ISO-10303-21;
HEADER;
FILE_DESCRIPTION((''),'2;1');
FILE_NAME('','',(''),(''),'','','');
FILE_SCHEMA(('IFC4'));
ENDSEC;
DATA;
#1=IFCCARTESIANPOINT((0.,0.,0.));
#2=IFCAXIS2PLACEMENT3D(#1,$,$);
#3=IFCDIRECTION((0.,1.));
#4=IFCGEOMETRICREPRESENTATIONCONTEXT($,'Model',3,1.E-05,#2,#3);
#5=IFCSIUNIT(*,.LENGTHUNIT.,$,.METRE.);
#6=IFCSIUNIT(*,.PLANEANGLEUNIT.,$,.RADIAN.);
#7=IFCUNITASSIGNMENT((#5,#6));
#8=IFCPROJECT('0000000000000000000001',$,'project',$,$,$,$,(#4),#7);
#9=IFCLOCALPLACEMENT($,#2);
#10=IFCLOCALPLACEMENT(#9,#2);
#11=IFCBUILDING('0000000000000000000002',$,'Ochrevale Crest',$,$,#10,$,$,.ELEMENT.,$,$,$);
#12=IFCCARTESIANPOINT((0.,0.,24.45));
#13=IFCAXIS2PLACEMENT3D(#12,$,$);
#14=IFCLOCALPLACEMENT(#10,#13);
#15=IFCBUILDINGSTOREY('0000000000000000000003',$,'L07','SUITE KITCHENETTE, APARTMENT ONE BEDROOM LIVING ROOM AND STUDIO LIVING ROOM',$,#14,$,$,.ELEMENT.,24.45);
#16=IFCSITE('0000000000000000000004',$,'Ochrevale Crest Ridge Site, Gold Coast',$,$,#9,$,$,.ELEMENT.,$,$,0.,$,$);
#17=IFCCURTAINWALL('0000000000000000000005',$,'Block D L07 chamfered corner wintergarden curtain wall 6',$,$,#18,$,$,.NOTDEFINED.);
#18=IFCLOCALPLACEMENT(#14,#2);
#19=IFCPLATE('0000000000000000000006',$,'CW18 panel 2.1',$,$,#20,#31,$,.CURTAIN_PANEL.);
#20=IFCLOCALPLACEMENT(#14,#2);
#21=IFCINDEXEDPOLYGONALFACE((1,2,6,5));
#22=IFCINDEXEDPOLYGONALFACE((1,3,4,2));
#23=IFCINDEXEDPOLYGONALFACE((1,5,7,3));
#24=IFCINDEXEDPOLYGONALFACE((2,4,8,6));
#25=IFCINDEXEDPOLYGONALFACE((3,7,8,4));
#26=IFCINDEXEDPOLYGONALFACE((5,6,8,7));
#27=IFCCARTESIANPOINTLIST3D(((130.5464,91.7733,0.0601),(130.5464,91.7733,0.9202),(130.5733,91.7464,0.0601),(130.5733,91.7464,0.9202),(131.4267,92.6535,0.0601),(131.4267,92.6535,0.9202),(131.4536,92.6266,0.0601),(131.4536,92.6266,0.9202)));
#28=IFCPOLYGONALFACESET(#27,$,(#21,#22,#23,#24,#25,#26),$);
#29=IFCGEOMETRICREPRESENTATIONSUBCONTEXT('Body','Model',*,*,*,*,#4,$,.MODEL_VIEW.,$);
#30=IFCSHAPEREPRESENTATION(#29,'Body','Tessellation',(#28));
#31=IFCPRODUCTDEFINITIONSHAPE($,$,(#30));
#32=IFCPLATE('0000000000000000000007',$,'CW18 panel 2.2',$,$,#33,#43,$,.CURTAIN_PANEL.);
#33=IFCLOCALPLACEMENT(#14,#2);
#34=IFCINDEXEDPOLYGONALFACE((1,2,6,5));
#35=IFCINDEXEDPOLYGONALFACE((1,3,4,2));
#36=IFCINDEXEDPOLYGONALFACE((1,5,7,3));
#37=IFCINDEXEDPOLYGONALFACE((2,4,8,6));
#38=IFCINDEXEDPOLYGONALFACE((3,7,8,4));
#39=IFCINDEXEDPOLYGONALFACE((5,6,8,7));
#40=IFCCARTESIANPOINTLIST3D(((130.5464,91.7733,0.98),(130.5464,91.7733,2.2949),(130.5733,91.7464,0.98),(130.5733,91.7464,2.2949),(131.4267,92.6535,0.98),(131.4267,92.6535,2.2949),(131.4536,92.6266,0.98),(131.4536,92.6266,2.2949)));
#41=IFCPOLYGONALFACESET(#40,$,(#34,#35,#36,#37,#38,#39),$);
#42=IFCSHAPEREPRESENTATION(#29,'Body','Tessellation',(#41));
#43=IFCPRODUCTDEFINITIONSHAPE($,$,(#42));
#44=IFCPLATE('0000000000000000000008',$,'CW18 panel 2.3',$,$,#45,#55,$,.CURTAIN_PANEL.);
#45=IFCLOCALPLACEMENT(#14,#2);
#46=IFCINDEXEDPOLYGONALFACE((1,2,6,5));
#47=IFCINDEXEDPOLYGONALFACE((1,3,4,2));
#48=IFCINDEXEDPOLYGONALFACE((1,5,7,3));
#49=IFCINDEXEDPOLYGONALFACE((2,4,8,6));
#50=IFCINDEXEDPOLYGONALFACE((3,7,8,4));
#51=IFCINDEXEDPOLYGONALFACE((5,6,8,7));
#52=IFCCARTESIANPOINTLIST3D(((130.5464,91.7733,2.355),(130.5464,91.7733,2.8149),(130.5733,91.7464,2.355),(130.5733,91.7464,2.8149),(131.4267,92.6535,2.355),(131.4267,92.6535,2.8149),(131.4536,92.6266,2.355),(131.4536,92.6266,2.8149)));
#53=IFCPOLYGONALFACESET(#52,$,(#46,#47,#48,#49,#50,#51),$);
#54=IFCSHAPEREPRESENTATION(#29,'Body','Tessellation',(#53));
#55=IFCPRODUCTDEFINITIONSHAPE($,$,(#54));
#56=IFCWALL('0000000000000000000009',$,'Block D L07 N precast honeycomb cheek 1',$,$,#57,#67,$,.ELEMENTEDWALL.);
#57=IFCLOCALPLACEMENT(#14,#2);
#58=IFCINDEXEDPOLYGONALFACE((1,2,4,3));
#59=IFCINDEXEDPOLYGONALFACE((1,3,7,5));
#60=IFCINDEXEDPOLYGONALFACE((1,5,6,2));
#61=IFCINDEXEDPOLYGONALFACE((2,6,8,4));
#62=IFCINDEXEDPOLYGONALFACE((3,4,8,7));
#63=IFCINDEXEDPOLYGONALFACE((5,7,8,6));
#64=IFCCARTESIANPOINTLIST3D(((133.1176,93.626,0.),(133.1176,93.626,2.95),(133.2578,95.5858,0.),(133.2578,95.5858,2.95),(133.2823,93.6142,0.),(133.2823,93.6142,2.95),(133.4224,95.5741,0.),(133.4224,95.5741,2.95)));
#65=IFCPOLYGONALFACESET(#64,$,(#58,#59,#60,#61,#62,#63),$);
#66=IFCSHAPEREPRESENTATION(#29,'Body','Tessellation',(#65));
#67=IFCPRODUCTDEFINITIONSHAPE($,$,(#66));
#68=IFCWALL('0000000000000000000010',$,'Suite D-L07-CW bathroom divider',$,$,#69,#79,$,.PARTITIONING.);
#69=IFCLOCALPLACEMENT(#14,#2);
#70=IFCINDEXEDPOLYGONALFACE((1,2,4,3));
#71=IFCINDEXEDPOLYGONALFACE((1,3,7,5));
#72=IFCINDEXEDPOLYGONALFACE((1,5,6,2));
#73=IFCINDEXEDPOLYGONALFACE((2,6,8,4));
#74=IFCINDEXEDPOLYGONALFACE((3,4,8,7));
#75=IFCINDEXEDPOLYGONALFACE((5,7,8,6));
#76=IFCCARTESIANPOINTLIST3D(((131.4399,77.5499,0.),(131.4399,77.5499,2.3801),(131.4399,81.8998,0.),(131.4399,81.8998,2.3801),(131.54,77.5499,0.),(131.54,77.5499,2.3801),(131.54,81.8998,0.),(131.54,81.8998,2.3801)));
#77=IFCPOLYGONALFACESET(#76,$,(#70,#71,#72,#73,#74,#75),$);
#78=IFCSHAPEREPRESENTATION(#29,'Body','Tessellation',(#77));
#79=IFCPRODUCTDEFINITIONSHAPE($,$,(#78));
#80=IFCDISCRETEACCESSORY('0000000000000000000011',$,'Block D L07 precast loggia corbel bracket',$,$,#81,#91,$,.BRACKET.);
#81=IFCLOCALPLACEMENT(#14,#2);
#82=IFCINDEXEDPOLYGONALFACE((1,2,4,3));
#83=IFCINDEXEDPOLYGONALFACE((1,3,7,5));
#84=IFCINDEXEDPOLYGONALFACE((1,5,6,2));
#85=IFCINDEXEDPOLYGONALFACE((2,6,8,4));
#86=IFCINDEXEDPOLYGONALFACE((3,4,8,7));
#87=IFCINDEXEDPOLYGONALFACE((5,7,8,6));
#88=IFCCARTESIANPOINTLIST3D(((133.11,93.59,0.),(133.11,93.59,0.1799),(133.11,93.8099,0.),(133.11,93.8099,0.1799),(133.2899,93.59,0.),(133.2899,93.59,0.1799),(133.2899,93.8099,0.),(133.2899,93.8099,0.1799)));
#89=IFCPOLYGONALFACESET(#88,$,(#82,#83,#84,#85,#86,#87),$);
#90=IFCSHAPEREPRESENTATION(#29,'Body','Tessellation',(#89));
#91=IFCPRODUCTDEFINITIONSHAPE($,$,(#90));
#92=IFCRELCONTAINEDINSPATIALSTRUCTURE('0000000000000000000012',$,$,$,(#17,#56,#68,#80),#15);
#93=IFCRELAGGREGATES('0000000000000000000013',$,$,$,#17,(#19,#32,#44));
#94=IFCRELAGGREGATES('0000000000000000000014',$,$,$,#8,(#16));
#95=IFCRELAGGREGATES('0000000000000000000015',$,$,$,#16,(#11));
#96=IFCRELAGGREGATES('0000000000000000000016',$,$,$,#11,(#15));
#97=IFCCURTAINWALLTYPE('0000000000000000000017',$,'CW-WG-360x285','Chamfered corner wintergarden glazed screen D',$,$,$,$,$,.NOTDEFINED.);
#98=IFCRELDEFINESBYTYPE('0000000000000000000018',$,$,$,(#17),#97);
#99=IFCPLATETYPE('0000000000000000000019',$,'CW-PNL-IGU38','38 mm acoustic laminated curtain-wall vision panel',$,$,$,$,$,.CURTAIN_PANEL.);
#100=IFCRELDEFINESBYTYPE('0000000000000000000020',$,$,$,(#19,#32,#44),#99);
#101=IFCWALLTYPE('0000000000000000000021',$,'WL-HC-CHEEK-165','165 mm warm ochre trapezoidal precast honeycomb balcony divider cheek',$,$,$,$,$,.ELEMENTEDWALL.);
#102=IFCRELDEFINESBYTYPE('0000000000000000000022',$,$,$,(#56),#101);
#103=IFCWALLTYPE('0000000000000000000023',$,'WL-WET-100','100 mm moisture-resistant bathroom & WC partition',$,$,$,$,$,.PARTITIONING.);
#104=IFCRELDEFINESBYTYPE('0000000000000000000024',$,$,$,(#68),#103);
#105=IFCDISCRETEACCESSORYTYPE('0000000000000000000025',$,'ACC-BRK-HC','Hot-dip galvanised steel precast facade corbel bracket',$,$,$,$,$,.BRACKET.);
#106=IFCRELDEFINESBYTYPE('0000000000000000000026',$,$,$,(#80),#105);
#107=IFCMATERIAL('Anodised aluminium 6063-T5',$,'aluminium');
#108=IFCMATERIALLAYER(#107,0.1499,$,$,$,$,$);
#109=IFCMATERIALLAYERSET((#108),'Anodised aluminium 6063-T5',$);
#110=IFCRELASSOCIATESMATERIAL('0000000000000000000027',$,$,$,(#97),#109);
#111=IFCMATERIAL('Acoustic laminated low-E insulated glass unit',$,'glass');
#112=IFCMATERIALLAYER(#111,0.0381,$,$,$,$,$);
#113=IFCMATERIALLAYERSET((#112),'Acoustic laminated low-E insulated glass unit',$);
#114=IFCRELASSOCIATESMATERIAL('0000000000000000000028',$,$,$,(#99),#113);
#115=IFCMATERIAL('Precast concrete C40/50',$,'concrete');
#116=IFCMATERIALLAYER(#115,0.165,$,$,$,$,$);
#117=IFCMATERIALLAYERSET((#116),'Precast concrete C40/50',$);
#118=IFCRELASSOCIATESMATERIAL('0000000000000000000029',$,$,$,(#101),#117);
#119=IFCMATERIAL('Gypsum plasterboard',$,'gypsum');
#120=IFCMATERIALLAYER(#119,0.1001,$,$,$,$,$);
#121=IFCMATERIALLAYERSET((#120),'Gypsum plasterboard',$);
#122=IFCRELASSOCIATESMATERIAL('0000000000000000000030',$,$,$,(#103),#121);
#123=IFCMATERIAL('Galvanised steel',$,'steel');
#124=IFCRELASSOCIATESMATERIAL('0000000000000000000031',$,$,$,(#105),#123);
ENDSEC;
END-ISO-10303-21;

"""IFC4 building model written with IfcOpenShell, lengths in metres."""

from ifc_helpers import new_model, si_unit, direction, frame, frame_2d, origin, origin_2d, place, context, subcontext, project, spatial, rectangle, extrude, material, layer, layer_set, type_object, element, aggregate, save


model = new_model("IFC4")

# Units and contexts
model_context = context("Model", 3, precision=1e-05, world=origin(), true_north=direction((0.0, 1.0)))
body_context = subcontext(model_context, "Body", "Model", "MODEL_VIEW")
ifc_project = project(units=[si_unit("LENGTHUNIT", "METRE"), si_unit("PLANEANGLEUNIT", "RADIAN")], contexts=[model_context])

# Site, building, storey
site_placement = place(None, origin())
site = spatial("IfcSite", under=ifc_project, at=site_placement, Name="Ochrevale Crest Ridge Site, Gold Coast", CompositionType="ELEMENT", RefElevation=0.0)
building_placement = place(site_placement, origin())
building = spatial("IfcBuilding", under=site, at=building_placement, Name="Ochrevale Crest", CompositionType="ELEMENT")
storey_placement = place(building_placement, frame((0.0, 0.0, 24.45)))
storey = spatial("IfcBuildingStorey", under=building, at=storey_placement, Name="L07", Description="SUITE KITCHENETTE, APARTMENT ONE BEDROOM LIVING ROOM AND STUDIO LIVING ROOM", CompositionType="ELEMENT", Elevation=24.45)

# Curtain wall, plates
ifc_material_1 = material(Name="Anodised aluminium 6063-T5", Category="aluminium")
ifc_layer_1 = layer(ifc_material_1, 0.1499)
ifc_layer_set_1 = layer_set([ifc_layer_1], Name="Anodised aluminium 6063-T5")
curtain_wall_type = type_object("IfcCurtainWallType", Name="CW-WG-360x285", Description="Chamfered corner wintergarden glazed screen D", PredefinedType="NOTDEFINED", material=ifc_layer_set_1)
curtain_wall_placement = place(storey_placement, origin())
curtain_wall = element("IfcCurtainWall", 1, at=curtain_wall_placement, inside=storey, type_object=curtain_wall_type, Name="Block D L07 chamfered corner wintergarden curtain wall 6", PredefinedType="NOTDEFINED")
ifc_material_2 = material(Name="Acoustic laminated low-E insulated glass unit", Category="glass")
ifc_layer_2 = layer(ifc_material_2, 0.0381)
ifc_layer_set_2 = layer_set([ifc_layer_2], Name="Acoustic laminated low-E insulated glass unit")
plate_type = type_object("IfcPlateType", Name="CW-PNL-IGU38", Description="38 mm acoustic laminated curtain-wall vision panel", PredefinedType="CURTAIN_PANEL", material=ifc_layer_set_2)
plate_1_placement = place(storey_placement, frame((131.0, 92.2, 0.0601), z_axis=(0.0, 0.0, 1.0), x_axis=(-0.707107, -0.707107, 0.0)))
plate_1 = element("IfcPlate", 2, at=plate_1_placement, type_object=plate_type, Name="CW18 panel 2.1", PredefinedType="CURTAIN_PANEL", context=body_context, shape_type="SweptSolid", body=[
    extrude(rectangle(XDim=1.2449, YDim=0.0381, at=origin_2d()), origin(), (0.0, 0.0, 1.0), 0.8601),
])
plate_2_placement = place(storey_placement, frame((131.0, 92.2, 0.98), z_axis=(0.0, 0.0, 1.0), x_axis=(-0.707107, -0.707107, 0.0)))
plate_2 = element("IfcPlate", 3, at=plate_2_placement, type_object=plate_type, Name="CW18 panel 2.2", PredefinedType="CURTAIN_PANEL", context=body_context, shape_type="SweptSolid", body=[
    extrude(rectangle(XDim=1.2449, YDim=0.0381, at=origin_2d()), origin(), (0.0, 0.0, 1.0), 1.3149),
])
plate_3_placement = place(storey_placement, frame((131.0, 92.2, 2.355), z_axis=(0.0, 0.0, 1.0), x_axis=(-0.707107, -0.707107, 0.0)))
plate_3 = element("IfcPlate", 4, at=plate_3_placement, type_object=plate_type, Name="CW18 panel 2.3", PredefinedType="CURTAIN_PANEL", context=body_context, shape_type="SweptSolid", body=[
    extrude(rectangle(XDim=1.2449, YDim=0.0381, at=origin_2d()), origin(), (0.0, 0.0, 1.0), 0.46),
])
aggregate(curtain_wall, [plate_1, plate_2, plate_3])

# Walls
ifc_material_3 = material(Name="Precast concrete C40/50", Category="concrete")
ifc_layer_3 = layer(ifc_material_3, 0.165)
ifc_layer_set_3 = layer_set([ifc_layer_3], Name="Precast concrete C40/50")
wall_type_1 = type_object("IfcWallType", Name="WL-HC-CHEEK-165", Description="165 mm warm ochre trapezoidal precast honeycomb balcony divider cheek", PredefinedType="ELEMENTEDWALL", material=ifc_layer_set_3)
wall_1_placement = place(storey_placement, frame((133.2, 93.6201, 0.0), z_axis=(0.0, 0.0, 1.0), x_axis=(0.071318, 0.997454, 0.0)))
element("IfcWall", 5, at=wall_1_placement, inside=storey, type_object=wall_type_1, Name="Block D L07 N precast honeycomb cheek 1", PredefinedType="ELEMENTEDWALL", context=body_context, shape_type="SweptSolid", body=[
    extrude(rectangle(XDim=1.9648, YDim=0.165, at=frame_2d((0.9824, 0.0))), origin(), (0.0, 0.0, 1.0), 2.95),
])
ifc_material_4 = material(Name="Gypsum plasterboard", Category="gypsum")
ifc_layer_4 = layer(ifc_material_4, 0.1001)
ifc_layer_set_4 = layer_set([ifc_layer_4], Name="Gypsum plasterboard")
wall_type_2 = type_object("IfcWallType", Name="WL-WET-100", Description="100 mm moisture-resistant bathroom & WC partition", PredefinedType="PARTITIONING", material=ifc_layer_set_4)
wall_2_placement = place(storey_placement, frame((131.49, 77.55, 0.0), z_axis=(0.0, 0.0, 1.0), x_axis=(0.0, 1.0, 0.0)))
element("IfcWall", 6, at=wall_2_placement, inside=storey, type_object=wall_type_2, Name="Suite D-L07-CW bathroom divider", PredefinedType="PARTITIONING", context=body_context, shape_type="SweptSolid", body=[
    extrude(rectangle(XDim=4.3499, YDim=0.1001, at=frame_2d((2.1748, 0.0))), origin(), (0.0, 0.0, 1.0), 2.3801),
])

# Shared definitions
ifc_material_5 = material(Name="Galvanised steel", Category="steel")

# Discrete accessory
discrete_accessory_type = type_object("IfcDiscreteAccessoryType", Name="ACC-BRK-HC", Description="Hot-dip galvanised steel precast facade corbel bracket", PredefinedType="BRACKET", material=ifc_material_5)
discrete_accessory_placement = place(storey_placement, frame((133.2, 93.7, 0.0), z_axis=(0.0, 0.0, 1.0), x_axis=(1.0, 0.0, 0.0)))
element("IfcDiscreteAccessory", 7, at=discrete_accessory_placement, inside=storey, type_object=discrete_accessory_type, Name="Block D L07 precast loggia corbel bracket", PredefinedType="BRACKET", context=body_context, shape_type="SweptSolid", body=[
    extrude(rectangle(XDim=0.1799, YDim=0.22, at=origin_2d()), origin(), (0.0, 0.0, 1.0), 0.1799),
])

save(model, "model.ifc")
